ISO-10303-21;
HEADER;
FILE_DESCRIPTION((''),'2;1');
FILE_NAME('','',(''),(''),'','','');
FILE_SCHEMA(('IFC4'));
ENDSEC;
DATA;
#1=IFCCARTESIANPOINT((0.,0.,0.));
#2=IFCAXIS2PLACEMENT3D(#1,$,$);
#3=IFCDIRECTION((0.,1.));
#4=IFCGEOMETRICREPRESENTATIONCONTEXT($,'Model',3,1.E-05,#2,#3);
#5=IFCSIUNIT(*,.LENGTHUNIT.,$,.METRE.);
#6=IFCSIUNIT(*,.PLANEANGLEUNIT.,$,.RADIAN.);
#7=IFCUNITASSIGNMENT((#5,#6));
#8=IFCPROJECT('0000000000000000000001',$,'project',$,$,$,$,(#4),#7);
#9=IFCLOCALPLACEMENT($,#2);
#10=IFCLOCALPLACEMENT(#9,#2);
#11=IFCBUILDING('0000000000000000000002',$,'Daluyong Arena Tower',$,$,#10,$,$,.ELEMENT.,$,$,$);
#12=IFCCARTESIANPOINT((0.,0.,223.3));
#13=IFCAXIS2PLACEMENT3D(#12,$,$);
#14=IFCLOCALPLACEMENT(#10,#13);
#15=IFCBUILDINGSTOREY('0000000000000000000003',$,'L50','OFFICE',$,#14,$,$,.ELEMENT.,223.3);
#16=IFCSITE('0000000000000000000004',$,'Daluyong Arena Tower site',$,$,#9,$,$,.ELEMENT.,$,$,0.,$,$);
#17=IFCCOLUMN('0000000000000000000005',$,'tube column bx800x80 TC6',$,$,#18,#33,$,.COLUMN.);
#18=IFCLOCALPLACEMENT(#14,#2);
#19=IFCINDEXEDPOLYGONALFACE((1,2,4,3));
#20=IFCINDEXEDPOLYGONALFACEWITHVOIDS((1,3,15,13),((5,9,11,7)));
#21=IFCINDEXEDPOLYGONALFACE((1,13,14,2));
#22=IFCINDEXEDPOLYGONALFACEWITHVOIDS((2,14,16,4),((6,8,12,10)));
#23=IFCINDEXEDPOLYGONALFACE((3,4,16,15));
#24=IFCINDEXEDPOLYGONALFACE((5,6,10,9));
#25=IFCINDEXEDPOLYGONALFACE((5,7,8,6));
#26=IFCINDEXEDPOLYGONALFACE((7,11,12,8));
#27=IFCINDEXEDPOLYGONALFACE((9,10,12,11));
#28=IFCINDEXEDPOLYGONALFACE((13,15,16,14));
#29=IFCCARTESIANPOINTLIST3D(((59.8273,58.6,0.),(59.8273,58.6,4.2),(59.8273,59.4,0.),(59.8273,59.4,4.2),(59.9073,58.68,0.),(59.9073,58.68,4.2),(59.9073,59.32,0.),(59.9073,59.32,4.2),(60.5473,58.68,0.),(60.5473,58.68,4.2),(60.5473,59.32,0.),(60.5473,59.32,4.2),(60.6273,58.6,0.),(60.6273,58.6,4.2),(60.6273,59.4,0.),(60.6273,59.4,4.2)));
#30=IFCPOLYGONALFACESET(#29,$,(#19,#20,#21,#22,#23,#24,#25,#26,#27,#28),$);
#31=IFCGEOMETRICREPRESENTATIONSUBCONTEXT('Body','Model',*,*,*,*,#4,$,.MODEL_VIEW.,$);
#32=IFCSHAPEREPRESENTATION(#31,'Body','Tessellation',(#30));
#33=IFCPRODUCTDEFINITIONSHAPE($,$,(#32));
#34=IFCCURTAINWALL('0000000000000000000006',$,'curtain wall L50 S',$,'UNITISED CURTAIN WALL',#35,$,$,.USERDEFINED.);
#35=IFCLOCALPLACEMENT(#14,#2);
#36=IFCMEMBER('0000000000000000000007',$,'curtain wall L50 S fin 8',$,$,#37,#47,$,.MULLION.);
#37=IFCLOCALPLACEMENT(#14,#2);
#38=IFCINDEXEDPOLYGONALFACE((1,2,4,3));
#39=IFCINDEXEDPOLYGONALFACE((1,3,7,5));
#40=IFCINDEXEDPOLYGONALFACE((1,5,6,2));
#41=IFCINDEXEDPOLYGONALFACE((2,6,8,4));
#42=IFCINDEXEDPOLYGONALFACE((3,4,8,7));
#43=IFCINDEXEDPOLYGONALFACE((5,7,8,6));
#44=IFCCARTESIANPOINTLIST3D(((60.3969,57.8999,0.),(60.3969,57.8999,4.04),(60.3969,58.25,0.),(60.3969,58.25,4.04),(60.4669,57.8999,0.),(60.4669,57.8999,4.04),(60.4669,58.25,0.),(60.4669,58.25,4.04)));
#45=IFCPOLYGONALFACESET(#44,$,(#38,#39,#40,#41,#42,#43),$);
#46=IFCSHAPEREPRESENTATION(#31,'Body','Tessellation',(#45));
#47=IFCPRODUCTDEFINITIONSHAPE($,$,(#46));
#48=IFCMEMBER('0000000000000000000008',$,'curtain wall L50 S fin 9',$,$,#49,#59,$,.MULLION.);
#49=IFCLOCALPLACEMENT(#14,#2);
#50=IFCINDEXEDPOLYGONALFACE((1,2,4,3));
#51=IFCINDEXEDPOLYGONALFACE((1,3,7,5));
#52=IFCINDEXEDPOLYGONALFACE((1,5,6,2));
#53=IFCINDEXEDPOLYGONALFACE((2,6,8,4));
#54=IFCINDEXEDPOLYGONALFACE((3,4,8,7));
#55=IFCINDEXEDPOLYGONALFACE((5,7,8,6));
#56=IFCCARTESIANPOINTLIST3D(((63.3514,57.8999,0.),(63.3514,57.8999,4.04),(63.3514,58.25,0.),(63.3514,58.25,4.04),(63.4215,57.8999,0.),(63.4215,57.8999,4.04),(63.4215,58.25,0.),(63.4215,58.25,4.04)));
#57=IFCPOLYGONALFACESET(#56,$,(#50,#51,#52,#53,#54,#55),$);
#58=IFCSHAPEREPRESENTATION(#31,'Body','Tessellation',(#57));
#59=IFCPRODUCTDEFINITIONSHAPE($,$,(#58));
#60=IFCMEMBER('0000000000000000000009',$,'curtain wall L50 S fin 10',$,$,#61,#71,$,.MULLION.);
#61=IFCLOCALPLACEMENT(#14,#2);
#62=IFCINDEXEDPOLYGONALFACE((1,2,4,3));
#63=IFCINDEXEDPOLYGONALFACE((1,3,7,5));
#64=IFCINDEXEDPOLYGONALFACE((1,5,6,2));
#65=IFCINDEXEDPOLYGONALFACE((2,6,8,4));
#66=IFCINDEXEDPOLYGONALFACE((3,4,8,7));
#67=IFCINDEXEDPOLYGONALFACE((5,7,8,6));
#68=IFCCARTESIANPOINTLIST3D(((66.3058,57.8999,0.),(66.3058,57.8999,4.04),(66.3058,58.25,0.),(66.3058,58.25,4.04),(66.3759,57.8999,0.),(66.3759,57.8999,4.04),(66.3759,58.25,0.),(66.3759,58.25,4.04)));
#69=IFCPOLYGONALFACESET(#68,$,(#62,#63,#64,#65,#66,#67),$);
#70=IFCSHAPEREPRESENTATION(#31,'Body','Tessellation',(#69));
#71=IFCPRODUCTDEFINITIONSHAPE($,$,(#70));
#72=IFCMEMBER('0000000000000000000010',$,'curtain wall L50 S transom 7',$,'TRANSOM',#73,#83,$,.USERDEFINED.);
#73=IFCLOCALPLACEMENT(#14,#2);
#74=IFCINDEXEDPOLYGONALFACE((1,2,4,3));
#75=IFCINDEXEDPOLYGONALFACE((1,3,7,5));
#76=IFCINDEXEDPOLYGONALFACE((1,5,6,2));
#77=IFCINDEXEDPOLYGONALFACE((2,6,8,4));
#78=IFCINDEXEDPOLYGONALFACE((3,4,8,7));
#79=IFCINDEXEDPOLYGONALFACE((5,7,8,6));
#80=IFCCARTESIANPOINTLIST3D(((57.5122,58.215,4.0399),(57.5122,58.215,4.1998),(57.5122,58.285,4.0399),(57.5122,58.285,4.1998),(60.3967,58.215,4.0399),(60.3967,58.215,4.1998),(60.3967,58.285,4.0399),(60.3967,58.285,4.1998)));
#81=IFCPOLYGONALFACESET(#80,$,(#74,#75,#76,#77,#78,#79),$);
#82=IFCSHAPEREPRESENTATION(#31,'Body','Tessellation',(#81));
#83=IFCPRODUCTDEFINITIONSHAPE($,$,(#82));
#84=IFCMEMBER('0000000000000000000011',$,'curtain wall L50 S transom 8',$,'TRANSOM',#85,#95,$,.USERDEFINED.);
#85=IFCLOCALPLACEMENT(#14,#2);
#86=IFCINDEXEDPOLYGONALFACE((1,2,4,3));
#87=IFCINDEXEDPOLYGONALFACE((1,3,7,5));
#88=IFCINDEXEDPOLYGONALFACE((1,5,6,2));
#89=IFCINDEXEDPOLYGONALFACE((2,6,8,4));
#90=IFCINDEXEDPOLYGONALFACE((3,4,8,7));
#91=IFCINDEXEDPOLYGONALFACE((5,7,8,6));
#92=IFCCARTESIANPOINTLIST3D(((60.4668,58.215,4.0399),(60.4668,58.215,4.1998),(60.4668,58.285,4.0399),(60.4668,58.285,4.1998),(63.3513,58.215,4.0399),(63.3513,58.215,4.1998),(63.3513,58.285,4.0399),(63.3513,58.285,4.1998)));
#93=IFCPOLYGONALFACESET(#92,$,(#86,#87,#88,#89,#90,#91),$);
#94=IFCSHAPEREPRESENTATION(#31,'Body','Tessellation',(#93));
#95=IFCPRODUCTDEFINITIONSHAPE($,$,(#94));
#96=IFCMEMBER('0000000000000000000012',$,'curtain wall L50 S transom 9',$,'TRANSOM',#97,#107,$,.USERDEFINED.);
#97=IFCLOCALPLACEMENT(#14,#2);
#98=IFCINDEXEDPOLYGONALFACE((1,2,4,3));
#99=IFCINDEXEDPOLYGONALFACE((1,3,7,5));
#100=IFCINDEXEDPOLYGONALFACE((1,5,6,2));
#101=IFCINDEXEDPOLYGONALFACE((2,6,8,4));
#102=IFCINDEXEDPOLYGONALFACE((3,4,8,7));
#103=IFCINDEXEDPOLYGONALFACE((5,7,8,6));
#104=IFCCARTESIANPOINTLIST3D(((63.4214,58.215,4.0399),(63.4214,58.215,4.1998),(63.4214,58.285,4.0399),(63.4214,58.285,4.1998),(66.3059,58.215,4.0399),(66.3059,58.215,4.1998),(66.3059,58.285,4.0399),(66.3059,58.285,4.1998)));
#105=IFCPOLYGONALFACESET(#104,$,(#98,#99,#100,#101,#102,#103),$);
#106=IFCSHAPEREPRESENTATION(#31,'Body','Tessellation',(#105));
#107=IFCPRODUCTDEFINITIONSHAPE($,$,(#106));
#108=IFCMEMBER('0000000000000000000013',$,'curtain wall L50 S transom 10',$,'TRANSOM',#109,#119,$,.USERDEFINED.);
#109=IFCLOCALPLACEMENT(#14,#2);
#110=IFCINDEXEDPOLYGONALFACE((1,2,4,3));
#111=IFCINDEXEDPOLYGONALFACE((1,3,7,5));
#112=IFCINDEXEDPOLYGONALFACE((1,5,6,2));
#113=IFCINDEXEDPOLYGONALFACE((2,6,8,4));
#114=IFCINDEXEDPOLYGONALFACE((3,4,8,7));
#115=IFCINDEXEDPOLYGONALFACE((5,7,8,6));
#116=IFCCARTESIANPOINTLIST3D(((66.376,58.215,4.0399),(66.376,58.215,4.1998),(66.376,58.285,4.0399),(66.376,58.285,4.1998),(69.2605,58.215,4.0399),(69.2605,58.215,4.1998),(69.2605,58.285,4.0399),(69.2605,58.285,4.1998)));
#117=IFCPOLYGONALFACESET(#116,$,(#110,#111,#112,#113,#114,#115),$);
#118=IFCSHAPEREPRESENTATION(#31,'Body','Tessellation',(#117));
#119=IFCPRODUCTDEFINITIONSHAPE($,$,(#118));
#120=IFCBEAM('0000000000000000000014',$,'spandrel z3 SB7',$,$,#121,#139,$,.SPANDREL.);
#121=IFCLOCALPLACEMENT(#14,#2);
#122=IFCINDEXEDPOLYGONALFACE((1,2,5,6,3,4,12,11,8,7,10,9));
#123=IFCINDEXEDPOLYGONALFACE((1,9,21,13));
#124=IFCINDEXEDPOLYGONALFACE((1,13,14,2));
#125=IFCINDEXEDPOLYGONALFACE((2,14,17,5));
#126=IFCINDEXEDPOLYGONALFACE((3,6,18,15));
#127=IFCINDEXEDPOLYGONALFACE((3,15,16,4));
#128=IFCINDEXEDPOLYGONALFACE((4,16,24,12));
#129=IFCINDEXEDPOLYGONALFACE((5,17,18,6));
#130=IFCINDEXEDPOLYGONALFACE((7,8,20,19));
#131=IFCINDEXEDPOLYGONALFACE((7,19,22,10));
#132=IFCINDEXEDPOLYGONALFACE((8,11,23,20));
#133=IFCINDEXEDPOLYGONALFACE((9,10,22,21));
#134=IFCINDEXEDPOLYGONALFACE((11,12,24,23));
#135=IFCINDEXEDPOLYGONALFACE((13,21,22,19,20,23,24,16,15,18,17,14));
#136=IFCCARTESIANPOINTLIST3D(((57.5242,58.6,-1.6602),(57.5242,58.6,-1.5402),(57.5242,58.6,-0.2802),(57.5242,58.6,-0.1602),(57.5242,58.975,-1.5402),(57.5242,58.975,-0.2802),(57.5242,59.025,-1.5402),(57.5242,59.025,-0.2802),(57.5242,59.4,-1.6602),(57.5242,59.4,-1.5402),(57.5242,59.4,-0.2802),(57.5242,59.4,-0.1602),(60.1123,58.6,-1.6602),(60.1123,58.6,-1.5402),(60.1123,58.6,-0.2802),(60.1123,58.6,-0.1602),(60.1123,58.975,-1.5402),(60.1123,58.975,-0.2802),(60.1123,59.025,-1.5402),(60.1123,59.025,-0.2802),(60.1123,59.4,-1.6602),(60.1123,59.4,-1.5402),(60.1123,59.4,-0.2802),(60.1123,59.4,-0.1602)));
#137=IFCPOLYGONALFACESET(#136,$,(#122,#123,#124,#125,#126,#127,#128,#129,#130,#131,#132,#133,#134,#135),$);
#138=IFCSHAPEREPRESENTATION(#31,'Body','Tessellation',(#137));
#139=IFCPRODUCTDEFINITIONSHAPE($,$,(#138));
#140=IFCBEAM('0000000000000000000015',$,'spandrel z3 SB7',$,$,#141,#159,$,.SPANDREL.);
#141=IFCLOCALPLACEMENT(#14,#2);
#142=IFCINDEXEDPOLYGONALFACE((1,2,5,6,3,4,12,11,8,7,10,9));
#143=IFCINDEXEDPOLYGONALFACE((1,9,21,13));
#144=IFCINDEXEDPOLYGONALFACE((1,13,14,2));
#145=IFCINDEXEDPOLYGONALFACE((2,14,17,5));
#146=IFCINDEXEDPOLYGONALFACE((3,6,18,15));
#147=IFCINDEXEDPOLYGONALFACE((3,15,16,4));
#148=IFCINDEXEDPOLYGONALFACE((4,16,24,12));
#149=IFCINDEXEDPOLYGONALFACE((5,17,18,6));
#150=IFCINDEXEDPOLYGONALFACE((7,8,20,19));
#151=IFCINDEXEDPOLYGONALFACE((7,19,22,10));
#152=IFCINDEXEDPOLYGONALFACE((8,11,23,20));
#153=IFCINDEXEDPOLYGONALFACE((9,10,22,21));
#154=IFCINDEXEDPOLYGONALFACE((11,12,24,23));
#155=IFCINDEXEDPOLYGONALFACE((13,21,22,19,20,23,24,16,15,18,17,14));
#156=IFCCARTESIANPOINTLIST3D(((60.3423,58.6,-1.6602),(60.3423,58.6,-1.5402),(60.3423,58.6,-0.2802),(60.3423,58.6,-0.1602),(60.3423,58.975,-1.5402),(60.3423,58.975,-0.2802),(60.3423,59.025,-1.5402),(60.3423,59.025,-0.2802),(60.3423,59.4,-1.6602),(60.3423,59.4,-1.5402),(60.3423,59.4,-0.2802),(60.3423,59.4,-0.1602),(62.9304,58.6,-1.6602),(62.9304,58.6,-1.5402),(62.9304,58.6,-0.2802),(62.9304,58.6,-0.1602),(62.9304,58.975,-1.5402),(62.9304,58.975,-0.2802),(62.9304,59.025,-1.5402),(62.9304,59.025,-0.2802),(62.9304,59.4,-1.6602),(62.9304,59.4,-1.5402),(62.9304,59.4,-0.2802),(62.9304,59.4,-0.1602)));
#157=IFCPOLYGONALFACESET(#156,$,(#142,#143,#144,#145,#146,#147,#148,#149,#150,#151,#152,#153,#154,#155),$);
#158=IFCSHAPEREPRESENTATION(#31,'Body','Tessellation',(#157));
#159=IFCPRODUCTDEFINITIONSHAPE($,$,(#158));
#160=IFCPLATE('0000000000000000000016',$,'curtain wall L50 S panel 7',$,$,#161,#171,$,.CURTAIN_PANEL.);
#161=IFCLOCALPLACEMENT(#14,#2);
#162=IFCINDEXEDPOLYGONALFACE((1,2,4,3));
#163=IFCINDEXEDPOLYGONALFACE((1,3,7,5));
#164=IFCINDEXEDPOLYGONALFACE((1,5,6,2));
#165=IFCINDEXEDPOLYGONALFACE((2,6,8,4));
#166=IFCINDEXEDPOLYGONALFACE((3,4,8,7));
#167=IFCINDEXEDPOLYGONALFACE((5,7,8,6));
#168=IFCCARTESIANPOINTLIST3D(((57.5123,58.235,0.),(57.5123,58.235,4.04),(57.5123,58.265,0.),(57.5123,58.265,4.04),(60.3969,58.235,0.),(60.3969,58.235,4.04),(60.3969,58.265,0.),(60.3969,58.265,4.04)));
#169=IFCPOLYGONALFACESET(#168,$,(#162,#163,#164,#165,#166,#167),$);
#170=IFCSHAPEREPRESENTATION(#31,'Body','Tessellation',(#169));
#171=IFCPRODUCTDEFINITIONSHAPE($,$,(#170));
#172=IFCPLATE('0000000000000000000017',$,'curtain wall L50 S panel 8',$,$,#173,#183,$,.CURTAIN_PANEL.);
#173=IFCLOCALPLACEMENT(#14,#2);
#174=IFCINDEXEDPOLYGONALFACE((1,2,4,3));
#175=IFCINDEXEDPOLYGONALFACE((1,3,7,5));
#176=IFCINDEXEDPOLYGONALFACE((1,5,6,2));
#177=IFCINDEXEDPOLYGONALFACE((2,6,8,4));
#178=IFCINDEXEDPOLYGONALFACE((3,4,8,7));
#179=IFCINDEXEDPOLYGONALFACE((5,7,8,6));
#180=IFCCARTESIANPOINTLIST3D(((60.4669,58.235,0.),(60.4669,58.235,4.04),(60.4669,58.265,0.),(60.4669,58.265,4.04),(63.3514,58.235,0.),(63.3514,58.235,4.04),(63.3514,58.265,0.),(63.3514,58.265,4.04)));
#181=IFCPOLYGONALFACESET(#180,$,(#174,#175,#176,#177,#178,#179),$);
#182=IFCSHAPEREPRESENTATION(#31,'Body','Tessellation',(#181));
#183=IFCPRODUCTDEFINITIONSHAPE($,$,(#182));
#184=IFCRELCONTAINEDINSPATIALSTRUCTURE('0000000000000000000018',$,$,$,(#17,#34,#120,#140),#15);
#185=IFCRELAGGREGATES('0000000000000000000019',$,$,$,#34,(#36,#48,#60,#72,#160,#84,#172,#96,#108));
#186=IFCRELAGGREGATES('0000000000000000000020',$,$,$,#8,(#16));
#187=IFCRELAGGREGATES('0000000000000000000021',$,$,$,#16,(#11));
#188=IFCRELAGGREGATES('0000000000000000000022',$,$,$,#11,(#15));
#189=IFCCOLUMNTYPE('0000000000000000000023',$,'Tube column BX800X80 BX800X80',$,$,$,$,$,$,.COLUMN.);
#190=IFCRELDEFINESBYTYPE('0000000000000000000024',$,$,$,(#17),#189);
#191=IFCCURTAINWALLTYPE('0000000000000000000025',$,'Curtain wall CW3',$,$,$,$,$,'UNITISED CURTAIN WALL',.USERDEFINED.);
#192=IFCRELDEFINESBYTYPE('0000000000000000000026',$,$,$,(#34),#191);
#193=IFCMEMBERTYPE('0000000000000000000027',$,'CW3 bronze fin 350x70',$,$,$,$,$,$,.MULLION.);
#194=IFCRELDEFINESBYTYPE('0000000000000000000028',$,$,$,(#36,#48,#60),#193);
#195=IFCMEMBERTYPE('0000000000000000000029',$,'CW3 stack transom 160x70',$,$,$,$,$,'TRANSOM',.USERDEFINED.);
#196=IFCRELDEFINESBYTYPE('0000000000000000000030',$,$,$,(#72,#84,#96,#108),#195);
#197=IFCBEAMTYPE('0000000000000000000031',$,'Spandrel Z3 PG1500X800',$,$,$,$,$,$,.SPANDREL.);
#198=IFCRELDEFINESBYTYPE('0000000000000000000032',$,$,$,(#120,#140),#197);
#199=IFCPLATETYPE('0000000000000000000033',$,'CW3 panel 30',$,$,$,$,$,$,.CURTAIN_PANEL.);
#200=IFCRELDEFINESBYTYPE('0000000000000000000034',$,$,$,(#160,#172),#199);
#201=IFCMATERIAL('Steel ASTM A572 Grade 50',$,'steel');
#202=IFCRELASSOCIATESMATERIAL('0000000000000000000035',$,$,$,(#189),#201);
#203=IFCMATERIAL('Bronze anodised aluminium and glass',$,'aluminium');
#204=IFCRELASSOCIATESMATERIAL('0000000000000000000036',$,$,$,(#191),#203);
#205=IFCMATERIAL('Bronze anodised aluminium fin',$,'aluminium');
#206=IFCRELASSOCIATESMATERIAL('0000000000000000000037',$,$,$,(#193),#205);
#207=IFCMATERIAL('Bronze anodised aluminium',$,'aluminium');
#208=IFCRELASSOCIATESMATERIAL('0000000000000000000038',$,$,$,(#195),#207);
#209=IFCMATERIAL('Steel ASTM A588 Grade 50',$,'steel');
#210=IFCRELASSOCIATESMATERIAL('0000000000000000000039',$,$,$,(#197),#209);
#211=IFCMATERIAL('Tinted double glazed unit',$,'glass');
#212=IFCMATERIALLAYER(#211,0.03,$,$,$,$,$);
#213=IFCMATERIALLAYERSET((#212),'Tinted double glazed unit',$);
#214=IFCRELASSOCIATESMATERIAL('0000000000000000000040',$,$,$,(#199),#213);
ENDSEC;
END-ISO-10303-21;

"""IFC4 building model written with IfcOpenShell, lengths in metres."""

from ifc_helpers import new_model, si_unit, direction, frame, origin, origin_2d, place, context, subcontext, project, spatial, rectangle, hollow_rectangle, i_section, extrude, material, layer, layer_set, material_profile, profile_set, type_object, element, aggregate, save


model = new_model("IFC4")

# Units and contexts
model_context = context("Model", 3, precision=1e-05, world=origin(), true_north=direction((0.0, 1.0)))
body_context = subcontext(model_context, "Body", "Model", "MODEL_VIEW")
ifc_project = project(units=[si_unit("LENGTHUNIT", "METRE"), si_unit("PLANEANGLEUNIT", "RADIAN")], contexts=[model_context])

# Site, building, storey
site_placement = place(None, origin())
site = spatial("IfcSite", under=ifc_project, at=site_placement, Name="Daluyong Arena Tower site", CompositionType="ELEMENT", RefElevation=0.0)
building_placement = place(site_placement, origin())
building = spatial("IfcBuilding", under=site, at=building_placement, Name="Daluyong Arena Tower", CompositionType="ELEMENT")
storey_placement = place(building_placement, frame((0.0, 0.0, 223.3)))
storey = spatial("IfcBuildingStorey", under=building, at=storey_placement, Name="L50", Description="OFFICE", CompositionType="ELEMENT", Elevation=223.3)

# Column
ifc_material_1 = material(Name="Steel ASTM A572 Grade 50", Category="steel")
ifc_material_profile_1 = material_profile(ifc_material_1, hollow_rectangle(XDim=0.8, YDim=0.8, WallThickness=0.08, at=origin_2d()))
ifc_profile_set_1 = profile_set([ifc_material_profile_1], Name="Steel ASTM A572 Grade 50")
column_type = type_object("IfcColumnType", Name="Tube column BX800X80 BX800X80", PredefinedType="COLUMN", material=ifc_profile_set_1)
column_placement = place(storey_placement, frame((60.2273, 59.0, 0.0), z_axis=(0.0, 0.0, 1.0), x_axis=(1.0, 0.0, 0.0)))
element("IfcColumn", 1, at=column_placement, inside=storey, type_object=column_type, Name="tube column bx800x80 TC6", PredefinedType="COLUMN", context=body_context, shape_type="SweptSolid", body=[
    extrude(hollow_rectangle(XDim=0.8, YDim=0.8, WallThickness=0.08, at=origin_2d()), origin(), (0.0, 0.0, 1.0), 4.2),
])

# Curtain wall, members
ifc_material_2 = material(Name="Bronze anodised aluminium and glass", Category="aluminium")
curtain_wall_type = type_object("IfcCurtainWallType", Name="Curtain wall CW3", ElementType="UNITISED CURTAIN WALL", PredefinedType="USERDEFINED", material=ifc_material_2)
curtain_wall_placement = place(storey_placement, origin())
curtain_wall = element("IfcCurtainWall", 2, at=curtain_wall_placement, inside=storey, type_object=curtain_wall_type, Name="curtain wall L50 S", ObjectType="UNITISED CURTAIN WALL", PredefinedType="USERDEFINED")
ifc_material_3 = material(Name="Bronze anodised aluminium fin", Category="aluminium")
ifc_material_profile_2 = material_profile(ifc_material_3, rectangle(XDim=0.3501, YDim=0.0701, at=origin_2d()))
ifc_profile_set_2 = profile_set([ifc_material_profile_2], Name="Bronze anodised aluminium fin")
member_type_1 = type_object("IfcMemberType", Name="CW3 bronze fin 350x70", PredefinedType="MULLION", material=ifc_profile_set_2)
member_1_placement = place(storey_placement, frame((60.4319, 58.075, 0.0), z_axis=(0.0, 0.0, 1.0), x_axis=(0.0, 1.0, 0.0)))
member_1 = element("IfcMember", 3, at=member_1_placement, type_object=member_type_1, Name="curtain wall L50 S fin 8", PredefinedType="MULLION", context=body_context, shape_type="SweptSolid", body=[
    extrude(rectangle(XDim=0.3501, YDim=0.0701, at=origin_2d()), origin(), (0.0, 0.0, 1.0), 4.04),
])
member_2_placement = place(storey_placement, frame((63.3865, 58.075, 0.0), z_axis=(0.0, 0.0, 1.0), x_axis=(0.0, 1.0, 0.0)))
member_2 = element("IfcMember", 4, at=member_2_placement, type_object=member_type_1, Name="curtain wall L50 S fin 9", PredefinedType="MULLION", context=body_context, shape_type="SweptSolid", body=[
    extrude(rectangle(XDim=0.3501, YDim=0.0701, at=origin_2d()), origin(), (0.0, 0.0, 1.0), 4.04),
])
member_3_placement = place(storey_placement, frame((66.3408, 58.075, 0.0), z_axis=(0.0, 0.0, 1.0), x_axis=(0.0, 1.0, 0.0)))
member_3 = element("IfcMember", 5, at=member_3_placement, type_object=member_type_1, Name="curtain wall L50 S fin 10", PredefinedType="MULLION", context=body_context, shape_type="SweptSolid", body=[
    extrude(rectangle(XDim=0.3501, YDim=0.0701, at=origin_2d()), origin(), (0.0, 0.0, 1.0), 4.04),
])
ifc_material_4 = material(Name="Bronze anodised aluminium", Category="aluminium")
ifc_material_profile_3 = material_profile(ifc_material_4, rectangle(XDim=0.0701, YDim=0.1599, at=origin_2d()))
ifc_profile_set_3 = profile_set([ifc_material_profile_3], Name="Bronze anodised aluminium")
member_type_2 = type_object("IfcMemberType", Name="CW3 stack transom 160x70", ElementType="TRANSOM", PredefinedType="USERDEFINED", material=ifc_profile_set_3)
member_4_placement = place(storey_placement, frame((57.5122, 58.25, 4.1199), z_axis=(1.0, 0.0, 0.0), x_axis=(0.0, 1.0, 0.0)))
member_4 = element("IfcMember", 6, at=member_4_placement, type_object=member_type_2, Name="curtain wall L50 S transom 7", ObjectType="TRANSOM", PredefinedType="USERDEFINED", context=body_context, shape_type="SweptSolid", body=[
    extrude(rectangle(XDim=0.0701, YDim=0.1599, at=origin_2d()), origin(), (0.0, 0.0, 1.0), 2.8845),
])
member_5_placement = place(storey_placement, frame((60.4668, 58.25, 4.1199), z_axis=(1.0, 0.0, 0.0), x_axis=(0.0, 1.0, 0.0)))
member_5 = element("IfcMember", 7, at=member_5_placement, type_object=member_type_2, Name="curtain wall L50 S transom 8", ObjectType="TRANSOM", PredefinedType="USERDEFINED", context=body_context, shape_type="SweptSolid", body=[
    extrude(rectangle(XDim=0.0701, YDim=0.1599, at=origin_2d()), origin(), (0.0, 0.0, 1.0), 2.8845),
])
member_6_placement = place(storey_placement, frame((63.4214, 58.25, 4.1199), z_axis=(1.0, 0.0, 0.0), x_axis=(0.0, 1.0, 0.0)))
member_6 = element("IfcMember", 8, at=member_6_placement, type_object=member_type_2, Name="curtain wall L50 S transom 9", ObjectType="TRANSOM", PredefinedType="USERDEFINED", context=body_context, shape_type="SweptSolid", body=[
    extrude(rectangle(XDim=0.0701, YDim=0.1599, at=origin_2d()), origin(), (0.0, 0.0, 1.0), 2.8845),
])
member_7_placement = place(storey_placement, frame((66.376, 58.25, 4.1199), z_axis=(1.0, 0.0, 0.0), x_axis=(0.0, 1.0, 0.0)))
member_7 = element("IfcMember", 9, at=member_7_placement, type_object=member_type_2, Name="curtain wall L50 S transom 10", ObjectType="TRANSOM", PredefinedType="USERDEFINED", context=body_context, shape_type="SweptSolid", body=[
    extrude(rectangle(XDim=0.0701, YDim=0.1599, at=origin_2d()), origin(), (0.0, 0.0, 1.0), 2.8845),
])

# Beams
ifc_material_5 = material(Name="Steel ASTM A588 Grade 50", Category="steel")
ifc_material_profile_4 = material_profile(ifc_material_5, i_section(OverallWidth=0.8, OverallDepth=1.5, WebThickness=0.05, FlangeThickness=0.12, at=origin_2d()))
ifc_profile_set_4 = profile_set([ifc_material_profile_4], Name="Steel ASTM A588 Grade 50")
beam_type = type_object("IfcBeamType", Name="Spandrel Z3 PG1500X800", PredefinedType="SPANDREL", material=ifc_profile_set_4)
for number, where, z_axis, x_axis, name in (
    (10, (57.5242, 59.0, -0.9102), (1.0, 0.0, 0.0), (0.0, 1.0, 0.0), "spandrel z3 SB7"),
    (11, (60.3423, 59.0, -0.9102), (1.0, 0.0, 0.0), (0.0, 1.0, 0.0), "spandrel z3 SB7"),
):
    element("IfcBeam", number, at=place(storey_placement, frame(where, z_axis=z_axis, x_axis=x_axis)), inside=storey, type_object=beam_type, Name=name, PredefinedType="SPANDREL", context=body_context, shape_type="SweptSolid", body=[
        extrude(i_section(OverallWidth=0.8, OverallDepth=1.5, WebThickness=0.05, FlangeThickness=0.12, at=origin_2d()), origin(), (0.0, 0.0, 1.0), 2.5881),
    ])

# Plates
ifc_material_6 = material(Name="Tinted double glazed unit", Category="glass")
ifc_layer = layer(ifc_material_6, 0.03)
ifc_layer_set = layer_set([ifc_layer], Name="Tinted double glazed unit")
plate_type = type_object("IfcPlateType", Name="CW3 panel 30", PredefinedType="CURTAIN_PANEL", material=ifc_layer_set)
plate_1_placement = place(storey_placement, frame((58.9546, 58.25, 0.0), z_axis=(0.0, 0.0, 1.0), x_axis=(1.0, 0.0, 0.0)))
plate_1 = element("IfcPlate", 12, at=plate_1_placement, type_object=plate_type, Name="curtain wall L50 S panel 7", PredefinedType="CURTAIN_PANEL", context=body_context, shape_type="SweptSolid", body=[
    extrude(rectangle(XDim=2.8845, YDim=0.03, at=origin_2d()), origin(), (0.0, 0.0, 1.0), 4.04),
])
plate_2_placement = place(storey_placement, frame((61.9092, 58.25, 0.0), z_axis=(0.0, 0.0, 1.0), x_axis=(1.0, 0.0, 0.0)))
plate_2 = element("IfcPlate", 13, at=plate_2_placement, type_object=plate_type, Name="curtain wall L50 S panel 8", PredefinedType="CURTAIN_PANEL", context=body_context, shape_type="SweptSolid", body=[
    extrude(rectangle(XDim=2.8845, YDim=0.03, at=origin_2d()), origin(), (0.0, 0.0, 1.0), 4.04),
])
aggregate(curtain_wall, [member_1, member_2, member_3, member_4, plate_1, member_5, plate_2, member_6, member_7])

save(model, "model.ifc")
